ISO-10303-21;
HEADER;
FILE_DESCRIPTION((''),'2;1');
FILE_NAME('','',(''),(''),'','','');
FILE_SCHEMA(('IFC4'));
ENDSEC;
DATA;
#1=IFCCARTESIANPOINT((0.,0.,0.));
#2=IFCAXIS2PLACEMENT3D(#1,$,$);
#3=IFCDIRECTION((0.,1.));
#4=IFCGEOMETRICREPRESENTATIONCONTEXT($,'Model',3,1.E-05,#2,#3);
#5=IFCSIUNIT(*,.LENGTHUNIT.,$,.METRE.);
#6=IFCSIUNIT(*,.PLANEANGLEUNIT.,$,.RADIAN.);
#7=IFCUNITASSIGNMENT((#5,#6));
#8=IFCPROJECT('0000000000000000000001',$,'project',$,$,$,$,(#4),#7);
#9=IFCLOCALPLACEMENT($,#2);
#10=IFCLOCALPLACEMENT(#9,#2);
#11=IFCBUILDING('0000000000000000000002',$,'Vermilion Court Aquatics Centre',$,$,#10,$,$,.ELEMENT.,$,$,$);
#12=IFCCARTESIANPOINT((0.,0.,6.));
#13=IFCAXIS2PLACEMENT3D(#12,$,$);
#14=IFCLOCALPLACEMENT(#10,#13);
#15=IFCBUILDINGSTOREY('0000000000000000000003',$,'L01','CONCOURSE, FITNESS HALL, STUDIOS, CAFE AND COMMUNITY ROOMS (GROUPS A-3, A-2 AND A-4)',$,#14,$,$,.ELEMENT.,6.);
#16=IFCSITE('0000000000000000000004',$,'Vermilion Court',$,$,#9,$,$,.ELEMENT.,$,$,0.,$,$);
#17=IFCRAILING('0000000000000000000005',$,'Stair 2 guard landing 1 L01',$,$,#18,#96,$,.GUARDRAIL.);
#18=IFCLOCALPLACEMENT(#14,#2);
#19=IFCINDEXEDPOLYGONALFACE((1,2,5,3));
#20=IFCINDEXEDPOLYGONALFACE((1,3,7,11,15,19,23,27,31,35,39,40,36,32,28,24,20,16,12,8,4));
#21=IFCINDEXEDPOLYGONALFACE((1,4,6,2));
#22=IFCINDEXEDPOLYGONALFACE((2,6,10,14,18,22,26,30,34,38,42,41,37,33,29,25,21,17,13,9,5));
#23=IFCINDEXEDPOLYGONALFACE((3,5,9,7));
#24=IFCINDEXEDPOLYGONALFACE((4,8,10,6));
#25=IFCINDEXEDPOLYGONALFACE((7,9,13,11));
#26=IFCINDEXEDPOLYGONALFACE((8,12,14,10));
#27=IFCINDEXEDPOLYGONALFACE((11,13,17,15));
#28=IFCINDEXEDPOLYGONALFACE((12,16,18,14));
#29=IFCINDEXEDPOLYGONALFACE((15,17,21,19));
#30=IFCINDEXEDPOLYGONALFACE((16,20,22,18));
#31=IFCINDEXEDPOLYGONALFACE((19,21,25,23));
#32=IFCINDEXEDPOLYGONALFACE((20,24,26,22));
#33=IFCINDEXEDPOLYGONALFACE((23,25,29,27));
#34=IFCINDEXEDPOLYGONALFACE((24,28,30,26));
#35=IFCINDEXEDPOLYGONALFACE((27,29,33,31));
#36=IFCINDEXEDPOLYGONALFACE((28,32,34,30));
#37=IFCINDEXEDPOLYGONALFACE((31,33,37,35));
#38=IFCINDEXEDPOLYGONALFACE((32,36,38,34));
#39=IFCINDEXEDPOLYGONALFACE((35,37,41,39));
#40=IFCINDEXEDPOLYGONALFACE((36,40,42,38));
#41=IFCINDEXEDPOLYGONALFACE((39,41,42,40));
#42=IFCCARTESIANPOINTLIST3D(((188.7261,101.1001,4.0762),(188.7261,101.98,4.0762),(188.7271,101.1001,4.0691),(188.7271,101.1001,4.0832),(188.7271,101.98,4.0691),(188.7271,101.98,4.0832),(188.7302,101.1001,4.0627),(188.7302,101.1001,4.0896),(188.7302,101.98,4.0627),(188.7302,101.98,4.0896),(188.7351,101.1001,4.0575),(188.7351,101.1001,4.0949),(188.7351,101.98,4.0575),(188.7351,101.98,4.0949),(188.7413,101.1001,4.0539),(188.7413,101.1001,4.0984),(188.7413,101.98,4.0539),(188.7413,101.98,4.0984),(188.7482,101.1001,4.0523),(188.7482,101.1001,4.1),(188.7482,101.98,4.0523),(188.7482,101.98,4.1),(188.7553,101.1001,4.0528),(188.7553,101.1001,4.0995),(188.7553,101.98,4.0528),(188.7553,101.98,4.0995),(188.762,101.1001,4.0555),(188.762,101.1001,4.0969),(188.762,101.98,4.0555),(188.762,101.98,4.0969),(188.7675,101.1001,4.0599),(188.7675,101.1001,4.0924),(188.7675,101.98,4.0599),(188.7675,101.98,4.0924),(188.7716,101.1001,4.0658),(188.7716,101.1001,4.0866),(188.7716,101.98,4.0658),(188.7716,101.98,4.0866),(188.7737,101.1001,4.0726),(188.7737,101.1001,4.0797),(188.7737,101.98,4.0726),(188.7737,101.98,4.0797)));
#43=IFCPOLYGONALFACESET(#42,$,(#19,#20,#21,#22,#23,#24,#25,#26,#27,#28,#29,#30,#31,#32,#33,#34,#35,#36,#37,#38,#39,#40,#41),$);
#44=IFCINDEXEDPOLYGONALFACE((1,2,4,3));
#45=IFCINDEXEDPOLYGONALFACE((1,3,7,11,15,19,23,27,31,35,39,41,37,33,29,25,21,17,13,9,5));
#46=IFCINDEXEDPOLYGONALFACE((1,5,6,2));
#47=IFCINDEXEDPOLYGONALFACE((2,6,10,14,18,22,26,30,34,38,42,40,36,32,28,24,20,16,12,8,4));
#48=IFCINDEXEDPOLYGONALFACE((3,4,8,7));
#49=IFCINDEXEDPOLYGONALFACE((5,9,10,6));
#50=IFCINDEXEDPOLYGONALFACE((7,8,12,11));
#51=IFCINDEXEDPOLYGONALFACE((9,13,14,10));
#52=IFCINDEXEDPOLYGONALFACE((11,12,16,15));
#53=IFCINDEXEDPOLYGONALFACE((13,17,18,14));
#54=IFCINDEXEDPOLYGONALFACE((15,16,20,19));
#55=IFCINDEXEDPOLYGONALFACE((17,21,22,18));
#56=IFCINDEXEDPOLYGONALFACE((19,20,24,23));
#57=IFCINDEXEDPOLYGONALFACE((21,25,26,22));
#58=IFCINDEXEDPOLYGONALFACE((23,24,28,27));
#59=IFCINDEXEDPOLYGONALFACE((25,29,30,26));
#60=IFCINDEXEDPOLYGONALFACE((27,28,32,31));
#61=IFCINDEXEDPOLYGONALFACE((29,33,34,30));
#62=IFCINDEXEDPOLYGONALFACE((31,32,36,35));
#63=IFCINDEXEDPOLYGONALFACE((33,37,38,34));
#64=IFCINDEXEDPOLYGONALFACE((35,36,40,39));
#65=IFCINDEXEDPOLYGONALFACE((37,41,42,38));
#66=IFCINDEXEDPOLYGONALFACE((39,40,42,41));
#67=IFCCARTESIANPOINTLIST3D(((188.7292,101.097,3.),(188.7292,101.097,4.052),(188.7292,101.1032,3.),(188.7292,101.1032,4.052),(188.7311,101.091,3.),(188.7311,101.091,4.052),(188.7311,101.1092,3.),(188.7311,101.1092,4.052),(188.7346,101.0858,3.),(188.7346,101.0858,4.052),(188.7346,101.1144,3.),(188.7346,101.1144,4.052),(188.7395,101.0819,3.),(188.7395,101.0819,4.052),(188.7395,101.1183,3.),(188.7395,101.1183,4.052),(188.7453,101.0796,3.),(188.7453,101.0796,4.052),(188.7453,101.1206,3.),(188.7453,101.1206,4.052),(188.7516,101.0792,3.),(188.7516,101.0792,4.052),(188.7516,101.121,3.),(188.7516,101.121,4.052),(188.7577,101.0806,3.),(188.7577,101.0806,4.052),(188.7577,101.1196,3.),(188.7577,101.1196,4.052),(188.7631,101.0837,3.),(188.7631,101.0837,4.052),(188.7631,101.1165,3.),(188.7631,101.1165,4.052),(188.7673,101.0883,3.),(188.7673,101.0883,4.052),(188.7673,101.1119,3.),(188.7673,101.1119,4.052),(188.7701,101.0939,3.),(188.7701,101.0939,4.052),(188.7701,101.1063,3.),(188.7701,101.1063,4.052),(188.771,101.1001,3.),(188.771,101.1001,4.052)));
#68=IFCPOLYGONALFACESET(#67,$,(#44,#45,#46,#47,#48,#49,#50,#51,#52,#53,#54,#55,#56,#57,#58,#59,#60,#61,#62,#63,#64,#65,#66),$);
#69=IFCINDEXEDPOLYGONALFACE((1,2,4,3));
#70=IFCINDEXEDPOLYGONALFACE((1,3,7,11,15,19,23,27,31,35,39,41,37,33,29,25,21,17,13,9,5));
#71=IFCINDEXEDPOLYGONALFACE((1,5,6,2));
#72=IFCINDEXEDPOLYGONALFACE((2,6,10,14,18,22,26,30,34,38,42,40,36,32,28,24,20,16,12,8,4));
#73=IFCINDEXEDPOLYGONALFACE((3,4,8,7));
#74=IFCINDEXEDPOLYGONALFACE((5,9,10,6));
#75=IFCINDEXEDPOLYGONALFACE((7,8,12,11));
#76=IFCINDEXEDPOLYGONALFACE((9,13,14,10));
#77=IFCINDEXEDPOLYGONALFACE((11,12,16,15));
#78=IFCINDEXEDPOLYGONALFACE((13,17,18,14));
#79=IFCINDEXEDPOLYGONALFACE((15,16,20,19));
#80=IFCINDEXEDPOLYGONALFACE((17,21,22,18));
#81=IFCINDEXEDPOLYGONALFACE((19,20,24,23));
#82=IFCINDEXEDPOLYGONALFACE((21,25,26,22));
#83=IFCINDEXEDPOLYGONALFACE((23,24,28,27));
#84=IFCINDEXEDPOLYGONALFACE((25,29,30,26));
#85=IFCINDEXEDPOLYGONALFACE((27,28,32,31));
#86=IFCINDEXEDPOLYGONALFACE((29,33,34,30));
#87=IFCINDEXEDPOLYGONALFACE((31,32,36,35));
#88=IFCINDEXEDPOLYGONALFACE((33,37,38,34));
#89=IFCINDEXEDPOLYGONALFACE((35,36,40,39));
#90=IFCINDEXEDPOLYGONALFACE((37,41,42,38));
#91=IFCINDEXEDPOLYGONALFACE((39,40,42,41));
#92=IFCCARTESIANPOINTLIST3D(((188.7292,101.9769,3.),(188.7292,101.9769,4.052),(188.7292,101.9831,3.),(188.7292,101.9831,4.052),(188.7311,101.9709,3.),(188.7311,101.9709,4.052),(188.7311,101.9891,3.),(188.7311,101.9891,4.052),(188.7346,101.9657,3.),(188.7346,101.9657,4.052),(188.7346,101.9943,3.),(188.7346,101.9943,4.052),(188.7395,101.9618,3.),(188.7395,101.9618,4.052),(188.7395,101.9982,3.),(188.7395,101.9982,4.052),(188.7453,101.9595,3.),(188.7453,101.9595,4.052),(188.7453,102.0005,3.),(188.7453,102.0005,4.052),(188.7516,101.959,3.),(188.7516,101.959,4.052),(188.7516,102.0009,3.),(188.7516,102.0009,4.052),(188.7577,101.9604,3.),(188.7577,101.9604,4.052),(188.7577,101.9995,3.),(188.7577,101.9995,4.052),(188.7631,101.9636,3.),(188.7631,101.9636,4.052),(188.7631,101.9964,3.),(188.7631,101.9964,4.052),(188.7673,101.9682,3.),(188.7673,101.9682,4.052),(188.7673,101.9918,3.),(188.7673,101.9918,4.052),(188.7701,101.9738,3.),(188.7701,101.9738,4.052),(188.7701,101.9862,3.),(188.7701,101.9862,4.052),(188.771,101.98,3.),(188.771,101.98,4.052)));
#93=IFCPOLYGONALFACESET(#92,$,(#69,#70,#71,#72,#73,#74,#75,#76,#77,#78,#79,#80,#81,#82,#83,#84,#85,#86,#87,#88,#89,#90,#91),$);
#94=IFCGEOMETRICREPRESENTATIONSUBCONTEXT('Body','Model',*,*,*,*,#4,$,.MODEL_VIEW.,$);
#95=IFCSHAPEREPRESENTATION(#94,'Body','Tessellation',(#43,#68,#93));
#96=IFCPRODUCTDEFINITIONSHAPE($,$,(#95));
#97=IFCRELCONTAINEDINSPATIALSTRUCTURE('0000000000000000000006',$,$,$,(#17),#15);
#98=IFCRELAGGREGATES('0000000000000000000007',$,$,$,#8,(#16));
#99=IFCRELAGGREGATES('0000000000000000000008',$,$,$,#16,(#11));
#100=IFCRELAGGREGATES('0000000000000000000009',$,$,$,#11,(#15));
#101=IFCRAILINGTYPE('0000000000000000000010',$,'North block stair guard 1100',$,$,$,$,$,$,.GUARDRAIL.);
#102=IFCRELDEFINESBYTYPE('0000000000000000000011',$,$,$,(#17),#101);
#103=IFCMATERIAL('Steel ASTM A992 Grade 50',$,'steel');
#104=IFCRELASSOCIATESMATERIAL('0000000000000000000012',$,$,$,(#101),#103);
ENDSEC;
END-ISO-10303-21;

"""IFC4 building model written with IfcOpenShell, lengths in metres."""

from ifc_helpers import new_model, si_unit, direction, frame, origin, origin_2d, place, context, subcontext, project, spatial, circle, extrude, material, type_object, element, save


model = new_model("IFC4")

# Units and contexts
model_context = context("Model", 3, precision=1e-05, world=origin(), true_north=direction((0.0, 1.0)))
body_context = subcontext(model_context, "Body", "Model", "MODEL_VIEW")
ifc_project = project(units=[si_unit("LENGTHUNIT", "METRE"), si_unit("PLANEANGLEUNIT", "RADIAN")], contexts=[model_context])

# Site, building, storey
site_placement = place(None, origin())
site = spatial("IfcSite", under=ifc_project, at=site_placement, Name="Vermilion Court", CompositionType="ELEMENT", RefElevation=0.0)
building_placement = place(site_placement, origin())
building = spatial("IfcBuilding", under=site, at=building_placement, Name="Vermilion Court Aquatics Centre", CompositionType="ELEMENT")
storey_placement = place(building_placement, frame((0.0, 0.0, 6.0)))
storey = spatial("IfcBuildingStorey", under=building, at=storey_placement, Name="L01", Description="CONCOURSE, FITNESS HALL, STUDIOS, CAFE AND COMMUNITY ROOMS (GROUPS A-3, A-2 AND A-4)", CompositionType="ELEMENT", Elevation=6.0)

# Railing
ifc_material_1 = material(Name="Steel ASTM A992 Grade 50", Category="steel")
railing_type_1 = type_object("IfcRailingType", Name="North block stair guard 1100", PredefinedType="GUARDRAIL", material=ifc_material_1)
railing_placement = place(storey_placement, frame((188.75, 101.1001, 3.0)))
element("IfcRailing", 1, at=railing_placement, inside=storey, type_object=railing_type_1, Name="Stair 2 guard landing 1 L01", PredefinedType="GUARDRAIL", context=body_context, shape_type="SweptSolid", body=[
    extrude(circle(Radius=0.0239, at=origin_2d()), frame((0.0, 0.0, 1.0762), z_axis=(0.0, 1.0, 0.0), x_axis=(-1.0, 0.0, 0.0)), (0.0, 0.0, 1.0), 0.8799),
    extrude(circle(Radius=0.021, at=origin_2d()), origin(), (0.0, 0.0, 1.0), 1.052),
    extrude(circle(Radius=0.021, at=origin_2d()), frame((0.0, 0.8799, 0.0)), (0.0, 0.0, 1.0), 1.052),
])

save(model, "model.ifc")
